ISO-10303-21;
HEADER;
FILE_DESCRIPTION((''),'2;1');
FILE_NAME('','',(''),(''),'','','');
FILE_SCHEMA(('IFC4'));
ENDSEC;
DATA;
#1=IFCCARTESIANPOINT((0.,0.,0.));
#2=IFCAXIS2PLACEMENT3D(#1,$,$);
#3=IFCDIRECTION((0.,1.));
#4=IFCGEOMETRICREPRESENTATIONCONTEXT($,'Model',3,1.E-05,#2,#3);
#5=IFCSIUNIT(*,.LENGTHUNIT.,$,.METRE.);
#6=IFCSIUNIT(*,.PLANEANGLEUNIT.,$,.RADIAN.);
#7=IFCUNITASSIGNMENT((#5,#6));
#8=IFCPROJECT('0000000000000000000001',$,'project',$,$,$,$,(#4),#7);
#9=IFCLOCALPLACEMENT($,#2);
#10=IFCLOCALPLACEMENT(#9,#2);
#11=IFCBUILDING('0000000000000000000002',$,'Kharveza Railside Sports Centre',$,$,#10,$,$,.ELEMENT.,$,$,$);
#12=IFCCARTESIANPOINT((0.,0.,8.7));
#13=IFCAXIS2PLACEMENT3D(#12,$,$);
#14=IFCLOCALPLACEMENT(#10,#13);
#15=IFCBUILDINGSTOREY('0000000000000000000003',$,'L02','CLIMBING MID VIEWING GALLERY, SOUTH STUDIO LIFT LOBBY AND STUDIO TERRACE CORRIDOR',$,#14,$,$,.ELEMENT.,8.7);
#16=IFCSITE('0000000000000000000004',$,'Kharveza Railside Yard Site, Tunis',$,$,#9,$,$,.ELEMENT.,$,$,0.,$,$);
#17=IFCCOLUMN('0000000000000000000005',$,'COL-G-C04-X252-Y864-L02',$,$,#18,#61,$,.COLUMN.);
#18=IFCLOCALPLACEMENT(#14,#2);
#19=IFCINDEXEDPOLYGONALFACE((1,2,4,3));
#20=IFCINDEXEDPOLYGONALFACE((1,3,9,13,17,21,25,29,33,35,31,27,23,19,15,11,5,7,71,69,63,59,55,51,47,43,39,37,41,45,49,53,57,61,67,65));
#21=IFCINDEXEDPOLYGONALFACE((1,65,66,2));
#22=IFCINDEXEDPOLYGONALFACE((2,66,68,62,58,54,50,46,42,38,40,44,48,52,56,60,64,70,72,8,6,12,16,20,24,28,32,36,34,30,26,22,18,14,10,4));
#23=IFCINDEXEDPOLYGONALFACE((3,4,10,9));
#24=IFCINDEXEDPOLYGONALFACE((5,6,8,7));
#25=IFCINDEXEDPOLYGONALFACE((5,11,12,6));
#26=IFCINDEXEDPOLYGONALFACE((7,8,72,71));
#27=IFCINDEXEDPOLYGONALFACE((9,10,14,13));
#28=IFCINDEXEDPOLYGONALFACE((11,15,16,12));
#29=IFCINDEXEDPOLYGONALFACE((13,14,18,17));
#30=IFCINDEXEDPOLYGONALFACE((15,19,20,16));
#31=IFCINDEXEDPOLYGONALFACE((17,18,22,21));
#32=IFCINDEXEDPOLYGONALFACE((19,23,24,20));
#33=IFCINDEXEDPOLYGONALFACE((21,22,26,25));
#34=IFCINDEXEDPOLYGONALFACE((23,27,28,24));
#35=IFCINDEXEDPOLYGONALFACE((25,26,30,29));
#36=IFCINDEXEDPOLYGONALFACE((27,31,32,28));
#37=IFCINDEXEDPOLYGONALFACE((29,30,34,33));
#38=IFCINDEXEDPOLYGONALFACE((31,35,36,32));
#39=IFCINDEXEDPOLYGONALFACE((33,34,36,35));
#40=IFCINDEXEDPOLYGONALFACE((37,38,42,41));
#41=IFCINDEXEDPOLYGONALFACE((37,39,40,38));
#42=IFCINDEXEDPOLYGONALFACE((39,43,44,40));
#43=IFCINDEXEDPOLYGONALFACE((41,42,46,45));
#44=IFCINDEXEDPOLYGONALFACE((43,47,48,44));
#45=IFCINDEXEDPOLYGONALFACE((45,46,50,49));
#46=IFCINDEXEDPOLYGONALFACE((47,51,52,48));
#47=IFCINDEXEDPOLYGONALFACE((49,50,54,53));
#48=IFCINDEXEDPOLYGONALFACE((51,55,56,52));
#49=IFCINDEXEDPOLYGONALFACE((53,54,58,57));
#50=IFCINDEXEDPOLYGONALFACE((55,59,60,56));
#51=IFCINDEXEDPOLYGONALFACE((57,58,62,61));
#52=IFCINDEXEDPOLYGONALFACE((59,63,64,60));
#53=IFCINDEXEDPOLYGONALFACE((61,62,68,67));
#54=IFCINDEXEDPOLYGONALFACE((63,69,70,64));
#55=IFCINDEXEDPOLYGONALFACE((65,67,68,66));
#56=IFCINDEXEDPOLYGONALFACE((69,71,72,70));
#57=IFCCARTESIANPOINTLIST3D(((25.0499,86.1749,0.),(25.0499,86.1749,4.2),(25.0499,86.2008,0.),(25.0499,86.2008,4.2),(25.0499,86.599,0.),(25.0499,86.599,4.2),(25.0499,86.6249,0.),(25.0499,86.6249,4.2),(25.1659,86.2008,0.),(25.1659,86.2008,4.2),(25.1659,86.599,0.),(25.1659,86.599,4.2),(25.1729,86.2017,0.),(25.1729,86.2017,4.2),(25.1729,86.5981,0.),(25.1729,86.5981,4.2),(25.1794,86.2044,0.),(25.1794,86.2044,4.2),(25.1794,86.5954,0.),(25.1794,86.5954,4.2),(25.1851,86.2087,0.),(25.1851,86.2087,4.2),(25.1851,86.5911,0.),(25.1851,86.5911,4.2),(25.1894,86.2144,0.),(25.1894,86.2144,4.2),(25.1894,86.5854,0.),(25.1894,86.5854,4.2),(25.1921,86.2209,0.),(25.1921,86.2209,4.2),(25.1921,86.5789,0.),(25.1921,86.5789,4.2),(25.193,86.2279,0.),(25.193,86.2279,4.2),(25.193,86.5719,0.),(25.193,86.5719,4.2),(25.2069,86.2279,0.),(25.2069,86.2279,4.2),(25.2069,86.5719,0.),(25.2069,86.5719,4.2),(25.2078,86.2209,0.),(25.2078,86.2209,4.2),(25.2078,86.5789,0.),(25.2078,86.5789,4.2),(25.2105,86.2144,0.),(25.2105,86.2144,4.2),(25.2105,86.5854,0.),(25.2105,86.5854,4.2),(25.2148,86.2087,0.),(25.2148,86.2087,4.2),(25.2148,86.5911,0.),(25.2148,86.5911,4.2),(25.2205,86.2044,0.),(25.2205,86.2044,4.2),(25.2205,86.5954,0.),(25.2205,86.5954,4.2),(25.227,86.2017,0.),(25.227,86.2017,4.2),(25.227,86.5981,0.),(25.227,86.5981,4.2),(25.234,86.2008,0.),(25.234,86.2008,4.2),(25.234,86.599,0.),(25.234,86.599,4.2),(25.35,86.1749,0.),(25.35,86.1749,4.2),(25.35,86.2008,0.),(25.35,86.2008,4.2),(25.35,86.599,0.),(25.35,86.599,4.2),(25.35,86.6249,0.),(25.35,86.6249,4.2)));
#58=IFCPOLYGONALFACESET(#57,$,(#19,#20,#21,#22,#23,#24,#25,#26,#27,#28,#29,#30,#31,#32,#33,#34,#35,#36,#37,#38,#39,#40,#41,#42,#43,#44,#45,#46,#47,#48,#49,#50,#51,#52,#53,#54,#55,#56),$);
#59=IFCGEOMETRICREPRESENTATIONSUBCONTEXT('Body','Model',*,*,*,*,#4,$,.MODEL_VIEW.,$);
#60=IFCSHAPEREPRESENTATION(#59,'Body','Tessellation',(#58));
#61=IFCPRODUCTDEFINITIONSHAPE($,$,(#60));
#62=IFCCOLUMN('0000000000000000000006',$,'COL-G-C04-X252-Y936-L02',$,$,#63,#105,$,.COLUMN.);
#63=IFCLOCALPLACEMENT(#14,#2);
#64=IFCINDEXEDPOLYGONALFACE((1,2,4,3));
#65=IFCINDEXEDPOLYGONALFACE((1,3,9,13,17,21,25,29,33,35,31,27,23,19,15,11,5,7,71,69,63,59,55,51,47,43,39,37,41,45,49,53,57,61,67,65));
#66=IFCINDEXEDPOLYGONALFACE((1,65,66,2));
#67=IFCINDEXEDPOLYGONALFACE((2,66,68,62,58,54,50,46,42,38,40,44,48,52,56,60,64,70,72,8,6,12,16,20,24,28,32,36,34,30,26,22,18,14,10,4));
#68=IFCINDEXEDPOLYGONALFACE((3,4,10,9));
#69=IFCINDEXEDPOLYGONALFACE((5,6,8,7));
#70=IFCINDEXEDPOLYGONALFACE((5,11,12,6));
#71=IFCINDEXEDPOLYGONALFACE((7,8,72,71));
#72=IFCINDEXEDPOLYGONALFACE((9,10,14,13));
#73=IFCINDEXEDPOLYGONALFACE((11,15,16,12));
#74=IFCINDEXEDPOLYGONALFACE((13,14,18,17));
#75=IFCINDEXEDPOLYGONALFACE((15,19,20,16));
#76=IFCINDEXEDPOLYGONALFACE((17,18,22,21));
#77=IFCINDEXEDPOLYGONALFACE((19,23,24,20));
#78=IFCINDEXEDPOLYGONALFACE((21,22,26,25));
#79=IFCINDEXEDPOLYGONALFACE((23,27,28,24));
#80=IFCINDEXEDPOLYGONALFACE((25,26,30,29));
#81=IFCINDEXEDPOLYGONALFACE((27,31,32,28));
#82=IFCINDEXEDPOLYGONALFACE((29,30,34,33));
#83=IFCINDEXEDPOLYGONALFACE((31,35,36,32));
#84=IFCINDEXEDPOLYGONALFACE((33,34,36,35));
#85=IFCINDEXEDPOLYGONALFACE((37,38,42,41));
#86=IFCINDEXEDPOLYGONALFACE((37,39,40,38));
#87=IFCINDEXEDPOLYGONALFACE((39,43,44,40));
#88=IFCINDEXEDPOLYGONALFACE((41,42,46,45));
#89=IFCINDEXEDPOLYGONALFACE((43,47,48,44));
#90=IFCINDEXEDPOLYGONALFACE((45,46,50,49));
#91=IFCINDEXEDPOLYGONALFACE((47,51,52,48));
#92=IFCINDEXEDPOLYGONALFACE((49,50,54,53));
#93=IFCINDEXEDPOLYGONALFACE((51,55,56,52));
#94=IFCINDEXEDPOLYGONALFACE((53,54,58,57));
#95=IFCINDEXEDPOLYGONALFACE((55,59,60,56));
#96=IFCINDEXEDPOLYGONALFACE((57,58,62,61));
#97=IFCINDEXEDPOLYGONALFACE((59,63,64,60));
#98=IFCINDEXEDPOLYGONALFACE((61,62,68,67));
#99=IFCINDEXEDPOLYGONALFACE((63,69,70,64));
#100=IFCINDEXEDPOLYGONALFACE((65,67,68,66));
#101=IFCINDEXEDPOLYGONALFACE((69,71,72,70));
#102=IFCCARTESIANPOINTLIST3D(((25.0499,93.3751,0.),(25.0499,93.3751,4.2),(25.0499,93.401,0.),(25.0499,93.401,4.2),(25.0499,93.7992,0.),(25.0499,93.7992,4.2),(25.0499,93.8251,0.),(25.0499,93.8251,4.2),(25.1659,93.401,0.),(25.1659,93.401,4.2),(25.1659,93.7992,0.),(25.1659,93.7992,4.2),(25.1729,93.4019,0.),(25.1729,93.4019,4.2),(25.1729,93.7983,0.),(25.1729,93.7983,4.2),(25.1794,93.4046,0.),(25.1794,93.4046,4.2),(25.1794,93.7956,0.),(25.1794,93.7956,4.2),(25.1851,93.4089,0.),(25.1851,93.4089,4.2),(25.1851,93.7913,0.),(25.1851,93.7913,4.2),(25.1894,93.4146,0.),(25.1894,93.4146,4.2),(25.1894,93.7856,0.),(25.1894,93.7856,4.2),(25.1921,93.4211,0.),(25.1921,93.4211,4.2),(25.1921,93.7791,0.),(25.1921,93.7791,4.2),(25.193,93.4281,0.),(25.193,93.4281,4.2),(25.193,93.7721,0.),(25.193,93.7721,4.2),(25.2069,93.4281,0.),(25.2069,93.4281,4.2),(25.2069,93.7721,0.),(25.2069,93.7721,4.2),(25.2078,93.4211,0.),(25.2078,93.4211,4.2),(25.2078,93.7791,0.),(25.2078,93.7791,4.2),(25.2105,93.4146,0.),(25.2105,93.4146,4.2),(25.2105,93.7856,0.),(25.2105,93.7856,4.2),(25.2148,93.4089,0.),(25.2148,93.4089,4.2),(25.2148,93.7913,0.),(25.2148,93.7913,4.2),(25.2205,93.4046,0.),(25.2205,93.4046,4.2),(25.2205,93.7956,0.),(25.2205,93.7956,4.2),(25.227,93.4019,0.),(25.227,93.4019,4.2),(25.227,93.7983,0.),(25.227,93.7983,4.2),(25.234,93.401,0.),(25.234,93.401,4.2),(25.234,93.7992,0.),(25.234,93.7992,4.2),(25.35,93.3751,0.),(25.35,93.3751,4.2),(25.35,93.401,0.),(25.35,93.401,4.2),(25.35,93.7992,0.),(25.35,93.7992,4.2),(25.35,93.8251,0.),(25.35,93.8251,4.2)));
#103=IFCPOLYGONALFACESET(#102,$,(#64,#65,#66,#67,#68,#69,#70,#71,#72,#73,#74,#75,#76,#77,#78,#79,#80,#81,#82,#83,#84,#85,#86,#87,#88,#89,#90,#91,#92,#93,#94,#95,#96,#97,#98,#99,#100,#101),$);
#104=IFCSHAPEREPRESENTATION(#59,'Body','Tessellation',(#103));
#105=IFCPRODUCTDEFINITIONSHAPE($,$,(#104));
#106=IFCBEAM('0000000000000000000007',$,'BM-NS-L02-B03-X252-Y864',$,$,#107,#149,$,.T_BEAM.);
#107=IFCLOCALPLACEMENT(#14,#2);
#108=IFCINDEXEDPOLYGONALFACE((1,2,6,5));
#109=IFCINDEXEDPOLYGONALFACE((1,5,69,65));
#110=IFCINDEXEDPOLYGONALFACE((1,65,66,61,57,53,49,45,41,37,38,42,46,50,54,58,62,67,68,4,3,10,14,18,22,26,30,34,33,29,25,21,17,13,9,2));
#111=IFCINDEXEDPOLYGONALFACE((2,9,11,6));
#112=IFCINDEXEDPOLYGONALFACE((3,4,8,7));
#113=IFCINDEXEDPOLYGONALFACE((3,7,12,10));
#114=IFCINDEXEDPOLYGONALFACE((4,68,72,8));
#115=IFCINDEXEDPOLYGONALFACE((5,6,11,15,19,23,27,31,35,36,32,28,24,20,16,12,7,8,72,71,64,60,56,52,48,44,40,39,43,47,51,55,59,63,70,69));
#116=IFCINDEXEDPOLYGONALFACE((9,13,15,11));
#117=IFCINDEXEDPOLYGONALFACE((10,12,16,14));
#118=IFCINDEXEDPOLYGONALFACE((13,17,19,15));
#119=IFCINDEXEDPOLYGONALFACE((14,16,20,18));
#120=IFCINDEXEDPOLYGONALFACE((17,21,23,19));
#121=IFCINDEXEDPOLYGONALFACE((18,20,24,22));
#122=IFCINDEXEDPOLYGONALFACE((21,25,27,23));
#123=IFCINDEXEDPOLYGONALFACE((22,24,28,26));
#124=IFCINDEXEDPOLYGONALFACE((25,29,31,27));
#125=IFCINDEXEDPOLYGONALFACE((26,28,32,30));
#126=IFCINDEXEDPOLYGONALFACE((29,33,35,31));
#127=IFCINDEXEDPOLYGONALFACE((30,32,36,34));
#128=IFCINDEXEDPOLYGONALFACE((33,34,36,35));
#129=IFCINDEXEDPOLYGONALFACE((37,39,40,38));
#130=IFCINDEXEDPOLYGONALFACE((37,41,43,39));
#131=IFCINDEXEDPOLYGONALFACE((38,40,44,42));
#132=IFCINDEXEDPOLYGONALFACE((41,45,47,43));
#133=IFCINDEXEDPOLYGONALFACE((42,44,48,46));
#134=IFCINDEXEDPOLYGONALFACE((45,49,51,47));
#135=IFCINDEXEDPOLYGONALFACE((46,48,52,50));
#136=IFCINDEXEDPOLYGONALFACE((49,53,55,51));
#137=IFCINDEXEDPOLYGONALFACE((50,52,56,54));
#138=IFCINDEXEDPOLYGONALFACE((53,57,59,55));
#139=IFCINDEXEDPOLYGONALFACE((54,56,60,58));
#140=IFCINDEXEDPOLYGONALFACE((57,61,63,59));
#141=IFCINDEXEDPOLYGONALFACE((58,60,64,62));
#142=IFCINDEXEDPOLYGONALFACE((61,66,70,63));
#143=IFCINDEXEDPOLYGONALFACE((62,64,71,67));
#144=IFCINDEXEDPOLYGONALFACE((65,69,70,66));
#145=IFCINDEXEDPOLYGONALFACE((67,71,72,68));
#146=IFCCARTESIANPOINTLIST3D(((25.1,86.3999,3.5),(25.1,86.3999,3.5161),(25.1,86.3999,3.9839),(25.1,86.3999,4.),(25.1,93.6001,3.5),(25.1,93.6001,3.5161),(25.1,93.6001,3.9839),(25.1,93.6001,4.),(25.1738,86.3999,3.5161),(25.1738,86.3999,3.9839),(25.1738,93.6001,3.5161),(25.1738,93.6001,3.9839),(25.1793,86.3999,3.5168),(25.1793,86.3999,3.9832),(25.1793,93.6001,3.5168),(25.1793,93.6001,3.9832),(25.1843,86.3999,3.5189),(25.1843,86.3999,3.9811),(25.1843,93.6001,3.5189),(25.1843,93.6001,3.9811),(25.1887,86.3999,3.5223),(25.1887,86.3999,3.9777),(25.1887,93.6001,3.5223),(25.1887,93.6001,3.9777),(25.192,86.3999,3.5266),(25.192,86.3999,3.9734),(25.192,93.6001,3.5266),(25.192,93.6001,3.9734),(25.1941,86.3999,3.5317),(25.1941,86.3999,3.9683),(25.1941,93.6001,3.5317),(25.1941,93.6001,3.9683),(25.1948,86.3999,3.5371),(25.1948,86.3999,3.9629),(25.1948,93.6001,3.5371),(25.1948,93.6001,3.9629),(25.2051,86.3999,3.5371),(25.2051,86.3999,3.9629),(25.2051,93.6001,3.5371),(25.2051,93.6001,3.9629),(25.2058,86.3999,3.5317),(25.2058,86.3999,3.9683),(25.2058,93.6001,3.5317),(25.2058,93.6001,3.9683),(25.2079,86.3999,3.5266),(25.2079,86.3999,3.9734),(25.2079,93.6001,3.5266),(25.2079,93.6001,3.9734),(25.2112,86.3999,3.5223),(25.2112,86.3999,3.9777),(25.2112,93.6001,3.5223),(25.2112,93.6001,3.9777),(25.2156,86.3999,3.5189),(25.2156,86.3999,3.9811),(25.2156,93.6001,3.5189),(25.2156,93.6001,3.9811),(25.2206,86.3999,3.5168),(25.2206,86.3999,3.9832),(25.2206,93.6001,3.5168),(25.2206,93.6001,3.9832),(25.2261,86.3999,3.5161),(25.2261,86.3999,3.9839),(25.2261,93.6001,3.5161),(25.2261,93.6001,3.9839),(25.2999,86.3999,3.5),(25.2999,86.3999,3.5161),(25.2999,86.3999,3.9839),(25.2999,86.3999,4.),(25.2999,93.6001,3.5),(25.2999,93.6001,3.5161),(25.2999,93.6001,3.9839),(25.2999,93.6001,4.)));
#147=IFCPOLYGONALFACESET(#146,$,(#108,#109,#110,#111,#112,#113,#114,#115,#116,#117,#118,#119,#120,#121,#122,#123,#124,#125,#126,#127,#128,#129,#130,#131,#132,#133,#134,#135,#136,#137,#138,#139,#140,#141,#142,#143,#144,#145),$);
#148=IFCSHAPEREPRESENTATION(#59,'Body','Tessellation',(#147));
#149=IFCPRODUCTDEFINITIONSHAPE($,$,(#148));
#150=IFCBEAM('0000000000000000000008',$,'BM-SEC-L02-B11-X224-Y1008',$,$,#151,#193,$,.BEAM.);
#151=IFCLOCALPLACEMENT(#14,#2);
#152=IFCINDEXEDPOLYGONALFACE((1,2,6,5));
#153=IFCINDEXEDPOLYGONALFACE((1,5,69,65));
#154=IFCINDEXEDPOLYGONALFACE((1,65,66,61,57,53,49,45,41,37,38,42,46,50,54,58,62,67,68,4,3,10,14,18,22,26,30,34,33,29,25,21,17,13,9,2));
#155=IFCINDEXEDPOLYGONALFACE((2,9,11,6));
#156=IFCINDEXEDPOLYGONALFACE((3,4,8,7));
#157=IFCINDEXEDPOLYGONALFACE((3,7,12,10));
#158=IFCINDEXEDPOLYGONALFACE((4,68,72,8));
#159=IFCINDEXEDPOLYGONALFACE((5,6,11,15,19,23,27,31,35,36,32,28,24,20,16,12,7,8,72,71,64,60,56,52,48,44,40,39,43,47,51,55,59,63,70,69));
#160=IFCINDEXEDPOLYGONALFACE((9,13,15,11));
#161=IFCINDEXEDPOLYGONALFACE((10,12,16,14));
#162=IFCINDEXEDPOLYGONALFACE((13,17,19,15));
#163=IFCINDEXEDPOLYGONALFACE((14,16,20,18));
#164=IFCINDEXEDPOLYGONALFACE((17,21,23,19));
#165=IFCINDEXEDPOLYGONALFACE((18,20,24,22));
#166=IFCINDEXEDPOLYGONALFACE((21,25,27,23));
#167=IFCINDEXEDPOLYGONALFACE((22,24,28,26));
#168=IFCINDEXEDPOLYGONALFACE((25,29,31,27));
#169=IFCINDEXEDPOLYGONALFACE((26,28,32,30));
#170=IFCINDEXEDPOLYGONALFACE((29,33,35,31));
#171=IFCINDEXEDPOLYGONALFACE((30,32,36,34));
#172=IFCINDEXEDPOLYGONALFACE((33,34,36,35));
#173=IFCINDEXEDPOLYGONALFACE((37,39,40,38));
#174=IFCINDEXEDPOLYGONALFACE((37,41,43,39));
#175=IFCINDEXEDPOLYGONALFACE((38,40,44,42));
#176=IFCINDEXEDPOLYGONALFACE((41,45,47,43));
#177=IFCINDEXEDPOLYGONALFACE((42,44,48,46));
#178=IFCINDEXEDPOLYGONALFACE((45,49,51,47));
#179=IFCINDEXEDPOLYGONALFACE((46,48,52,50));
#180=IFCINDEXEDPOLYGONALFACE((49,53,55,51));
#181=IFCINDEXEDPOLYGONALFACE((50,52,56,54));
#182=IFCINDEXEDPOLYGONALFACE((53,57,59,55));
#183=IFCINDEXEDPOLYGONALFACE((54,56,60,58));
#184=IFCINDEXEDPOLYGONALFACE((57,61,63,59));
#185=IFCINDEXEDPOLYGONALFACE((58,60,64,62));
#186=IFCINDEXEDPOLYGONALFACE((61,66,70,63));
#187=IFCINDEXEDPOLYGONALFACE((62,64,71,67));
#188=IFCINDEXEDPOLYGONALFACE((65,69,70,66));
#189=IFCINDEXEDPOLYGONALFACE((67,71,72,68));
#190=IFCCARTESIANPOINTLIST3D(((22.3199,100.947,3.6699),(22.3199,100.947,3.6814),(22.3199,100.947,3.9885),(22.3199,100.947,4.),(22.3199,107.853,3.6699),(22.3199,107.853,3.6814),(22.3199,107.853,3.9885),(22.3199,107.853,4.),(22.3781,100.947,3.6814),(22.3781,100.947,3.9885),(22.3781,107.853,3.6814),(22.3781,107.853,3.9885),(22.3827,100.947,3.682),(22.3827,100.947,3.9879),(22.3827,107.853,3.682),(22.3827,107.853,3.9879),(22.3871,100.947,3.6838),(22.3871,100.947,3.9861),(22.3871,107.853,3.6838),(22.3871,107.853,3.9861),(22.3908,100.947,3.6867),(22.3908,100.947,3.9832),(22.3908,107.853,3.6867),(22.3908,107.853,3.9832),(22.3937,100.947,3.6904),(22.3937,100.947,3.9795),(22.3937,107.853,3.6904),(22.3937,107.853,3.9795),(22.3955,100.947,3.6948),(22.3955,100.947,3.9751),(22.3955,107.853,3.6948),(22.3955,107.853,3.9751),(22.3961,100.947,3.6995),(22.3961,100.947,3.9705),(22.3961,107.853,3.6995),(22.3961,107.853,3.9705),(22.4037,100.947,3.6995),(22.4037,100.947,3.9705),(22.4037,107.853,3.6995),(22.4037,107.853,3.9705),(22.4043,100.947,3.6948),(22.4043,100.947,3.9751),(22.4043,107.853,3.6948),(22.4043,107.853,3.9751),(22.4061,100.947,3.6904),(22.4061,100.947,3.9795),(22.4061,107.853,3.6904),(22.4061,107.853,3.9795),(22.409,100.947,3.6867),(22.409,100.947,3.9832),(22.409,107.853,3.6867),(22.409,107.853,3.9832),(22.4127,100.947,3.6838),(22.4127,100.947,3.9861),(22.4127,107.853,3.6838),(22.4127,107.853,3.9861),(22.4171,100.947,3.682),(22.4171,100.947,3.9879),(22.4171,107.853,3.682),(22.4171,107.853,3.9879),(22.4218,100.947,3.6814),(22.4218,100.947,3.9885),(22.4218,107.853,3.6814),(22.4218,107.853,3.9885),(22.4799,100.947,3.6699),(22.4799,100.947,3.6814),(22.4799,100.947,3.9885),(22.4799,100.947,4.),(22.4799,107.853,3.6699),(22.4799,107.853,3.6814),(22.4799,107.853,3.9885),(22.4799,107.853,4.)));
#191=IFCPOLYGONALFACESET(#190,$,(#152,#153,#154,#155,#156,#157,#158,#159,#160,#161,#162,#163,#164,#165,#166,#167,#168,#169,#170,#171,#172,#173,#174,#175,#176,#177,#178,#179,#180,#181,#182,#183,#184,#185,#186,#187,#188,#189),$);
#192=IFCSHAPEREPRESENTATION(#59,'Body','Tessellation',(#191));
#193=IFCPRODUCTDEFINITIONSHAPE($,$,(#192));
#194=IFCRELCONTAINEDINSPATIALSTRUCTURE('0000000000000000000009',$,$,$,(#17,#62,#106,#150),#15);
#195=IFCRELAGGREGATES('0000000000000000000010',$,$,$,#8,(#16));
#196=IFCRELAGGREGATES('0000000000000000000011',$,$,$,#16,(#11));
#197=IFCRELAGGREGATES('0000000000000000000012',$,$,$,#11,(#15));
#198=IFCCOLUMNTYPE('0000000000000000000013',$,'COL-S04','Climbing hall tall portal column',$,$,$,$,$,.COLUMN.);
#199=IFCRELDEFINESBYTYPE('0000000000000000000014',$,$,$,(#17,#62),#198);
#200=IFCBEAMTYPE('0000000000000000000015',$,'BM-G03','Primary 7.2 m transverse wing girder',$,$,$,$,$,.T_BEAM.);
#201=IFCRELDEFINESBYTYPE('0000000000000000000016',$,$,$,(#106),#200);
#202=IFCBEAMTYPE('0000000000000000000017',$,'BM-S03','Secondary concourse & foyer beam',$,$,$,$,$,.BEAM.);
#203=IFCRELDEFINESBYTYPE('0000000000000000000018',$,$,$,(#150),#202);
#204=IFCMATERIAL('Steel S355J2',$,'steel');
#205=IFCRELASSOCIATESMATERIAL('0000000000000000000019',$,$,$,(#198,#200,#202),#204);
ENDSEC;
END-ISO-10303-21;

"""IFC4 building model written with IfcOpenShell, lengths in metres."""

from ifc_helpers import new_model, si_unit, direction, frame, origin, origin_2d, place, context, subcontext, project, spatial, i_section, extrude, material, material_profile, profile_set, type_object, element, save


model = new_model("IFC4")

# Units and contexts
model_context = context("Model", 3, precision=1e-05, world=origin(), true_north=direction((0.0, 1.0)))
body_context = subcontext(model_context, "Body", "Model", "MODEL_VIEW")
ifc_project = project(units=[si_unit("LENGTHUNIT", "METRE"), si_unit("PLANEANGLEUNIT", "RADIAN")], contexts=[model_context])

# Site, building, storey
site_placement = place(None, origin())
site = spatial("IfcSite", under=ifc_project, at=site_placement, Name="Kharveza Railside Yard Site, Tunis", CompositionType="ELEMENT", RefElevation=0.0)
building_placement = place(site_placement, origin())
building = spatial("IfcBuilding", under=site, at=building_placement, Name="Kharveza Railside Sports Centre", CompositionType="ELEMENT")
storey_placement = place(building_placement, frame((0.0, 0.0, 8.7)))
storey = spatial("IfcBuildingStorey", under=building, at=storey_placement, Name="L02", Description="CLIMBING MID VIEWING GALLERY, SOUTH STUDIO LIFT LOBBY AND STUDIO TERRACE CORRIDOR", CompositionType="ELEMENT", Elevation=8.7)

# Columns
ifc_material_1 = material(Name="Steel S355J2", Category="steel")
ifc_material_profile_1 = material_profile(ifc_material_1, i_section(OverallWidth=0.3, OverallDepth=0.45, WebThickness=0.0139, FlangeThickness=0.0259, FilletRadius=0.0271, at=origin_2d()), Name="HEB 450")
ifc_profile_set_1 = profile_set([ifc_material_profile_1], Name="Steel S355J2")
column_type = type_object("IfcColumnType", Name="COL-S04", Description="Climbing hall tall portal column", PredefinedType="COLUMN", material=ifc_profile_set_1)
for number, where, z_axis, x_axis, name in (
    (1, (25.2, 86.3999, 0.0), (0.0, 0.0, 1.0), (1.0, 0.0, 0.0), "COL-G-C04-X252-Y864-L02"),
    (2, (25.2, 93.6001, 0.0), (0.0, 0.0, 1.0), (1.0, 0.0, 0.0), "COL-G-C04-X252-Y936-L02"),
):
    element("IfcColumn", number, at=place(storey_placement, frame(where, z_axis=z_axis, x_axis=x_axis)), inside=storey, type_object=column_type, Name=name, PredefinedType="COLUMN", context=body_context, shape_type="SweptSolid", body=[
        extrude(i_section(OverallWidth=0.3, OverallDepth=0.45, WebThickness=0.0139, FlangeThickness=0.0259, FilletRadius=0.0271, at=origin_2d()), origin(), (0.0, 0.0, 1.0), 4.2),
    ])

# Beams
ifc_material_profile_2 = material_profile(ifc_material_1, i_section(OverallWidth=0.2, OverallDepth=0.5, WebThickness=0.0103, FlangeThickness=0.0161, FilletRadius=0.021, at=origin_2d()), Name="IPE 500")
ifc_profile_set_2 = profile_set([ifc_material_profile_2], Name="Steel S355J2")
beam_type_1 = type_object("IfcBeamType", Name="BM-G03", Description="Primary 7.2 m transverse wing girder", PredefinedType="T_BEAM", material=ifc_profile_set_2)
beam_1_placement = place(storey_placement, frame((25.2, 86.3999, 3.75), z_axis=(0.0, 1.0, 0.0), x_axis=(-1.0, 0.0, 0.0)))
element("IfcBeam", 3, at=beam_1_placement, inside=storey, type_object=beam_type_1, Name="BM-NS-L02-B03-X252-Y864", PredefinedType="T_BEAM", context=body_context, shape_type="SweptSolid", body=[
    extrude(i_section(OverallWidth=0.2, OverallDepth=0.5, WebThickness=0.0103, FlangeThickness=0.0161, FilletRadius=0.021, at=origin_2d()), origin(), (0.0, 0.0, 1.0), 7.2002),
])
ifc_material_profile_3 = material_profile(ifc_material_1, i_section(OverallWidth=0.1599, OverallDepth=0.3301, WebThickness=0.0076, FlangeThickness=0.0115, FilletRadius=0.0181, at=origin_2d()), Name="IPE 330")
ifc_profile_set_3 = profile_set([ifc_material_profile_3], Name="Steel S355J2")
beam_type_2 = type_object("IfcBeamType", Name="BM-S03", Description="Secondary concourse & foyer beam", PredefinedType="BEAM", material=ifc_profile_set_3)
beam_2_placement = place(storey_placement, frame((22.3999, 100.947, 3.835), z_axis=(0.0, 1.0, 0.0), x_axis=(-1.0, 0.0, 0.0)))
element("IfcBeam", 4, at=beam_2_placement, inside=storey, type_object=beam_type_2, Name="BM-SEC-L02-B11-X224-Y1008", PredefinedType="BEAM", context=body_context, shape_type="SweptSolid", body=[
    extrude(i_section(OverallWidth=0.1599, OverallDepth=0.3301, WebThickness=0.0076, FlangeThickness=0.0115, FilletRadius=0.0181, at=origin_2d()), origin(), (0.0, 0.0, 1.0), 6.906),
])

save(model, "model.ifc")
